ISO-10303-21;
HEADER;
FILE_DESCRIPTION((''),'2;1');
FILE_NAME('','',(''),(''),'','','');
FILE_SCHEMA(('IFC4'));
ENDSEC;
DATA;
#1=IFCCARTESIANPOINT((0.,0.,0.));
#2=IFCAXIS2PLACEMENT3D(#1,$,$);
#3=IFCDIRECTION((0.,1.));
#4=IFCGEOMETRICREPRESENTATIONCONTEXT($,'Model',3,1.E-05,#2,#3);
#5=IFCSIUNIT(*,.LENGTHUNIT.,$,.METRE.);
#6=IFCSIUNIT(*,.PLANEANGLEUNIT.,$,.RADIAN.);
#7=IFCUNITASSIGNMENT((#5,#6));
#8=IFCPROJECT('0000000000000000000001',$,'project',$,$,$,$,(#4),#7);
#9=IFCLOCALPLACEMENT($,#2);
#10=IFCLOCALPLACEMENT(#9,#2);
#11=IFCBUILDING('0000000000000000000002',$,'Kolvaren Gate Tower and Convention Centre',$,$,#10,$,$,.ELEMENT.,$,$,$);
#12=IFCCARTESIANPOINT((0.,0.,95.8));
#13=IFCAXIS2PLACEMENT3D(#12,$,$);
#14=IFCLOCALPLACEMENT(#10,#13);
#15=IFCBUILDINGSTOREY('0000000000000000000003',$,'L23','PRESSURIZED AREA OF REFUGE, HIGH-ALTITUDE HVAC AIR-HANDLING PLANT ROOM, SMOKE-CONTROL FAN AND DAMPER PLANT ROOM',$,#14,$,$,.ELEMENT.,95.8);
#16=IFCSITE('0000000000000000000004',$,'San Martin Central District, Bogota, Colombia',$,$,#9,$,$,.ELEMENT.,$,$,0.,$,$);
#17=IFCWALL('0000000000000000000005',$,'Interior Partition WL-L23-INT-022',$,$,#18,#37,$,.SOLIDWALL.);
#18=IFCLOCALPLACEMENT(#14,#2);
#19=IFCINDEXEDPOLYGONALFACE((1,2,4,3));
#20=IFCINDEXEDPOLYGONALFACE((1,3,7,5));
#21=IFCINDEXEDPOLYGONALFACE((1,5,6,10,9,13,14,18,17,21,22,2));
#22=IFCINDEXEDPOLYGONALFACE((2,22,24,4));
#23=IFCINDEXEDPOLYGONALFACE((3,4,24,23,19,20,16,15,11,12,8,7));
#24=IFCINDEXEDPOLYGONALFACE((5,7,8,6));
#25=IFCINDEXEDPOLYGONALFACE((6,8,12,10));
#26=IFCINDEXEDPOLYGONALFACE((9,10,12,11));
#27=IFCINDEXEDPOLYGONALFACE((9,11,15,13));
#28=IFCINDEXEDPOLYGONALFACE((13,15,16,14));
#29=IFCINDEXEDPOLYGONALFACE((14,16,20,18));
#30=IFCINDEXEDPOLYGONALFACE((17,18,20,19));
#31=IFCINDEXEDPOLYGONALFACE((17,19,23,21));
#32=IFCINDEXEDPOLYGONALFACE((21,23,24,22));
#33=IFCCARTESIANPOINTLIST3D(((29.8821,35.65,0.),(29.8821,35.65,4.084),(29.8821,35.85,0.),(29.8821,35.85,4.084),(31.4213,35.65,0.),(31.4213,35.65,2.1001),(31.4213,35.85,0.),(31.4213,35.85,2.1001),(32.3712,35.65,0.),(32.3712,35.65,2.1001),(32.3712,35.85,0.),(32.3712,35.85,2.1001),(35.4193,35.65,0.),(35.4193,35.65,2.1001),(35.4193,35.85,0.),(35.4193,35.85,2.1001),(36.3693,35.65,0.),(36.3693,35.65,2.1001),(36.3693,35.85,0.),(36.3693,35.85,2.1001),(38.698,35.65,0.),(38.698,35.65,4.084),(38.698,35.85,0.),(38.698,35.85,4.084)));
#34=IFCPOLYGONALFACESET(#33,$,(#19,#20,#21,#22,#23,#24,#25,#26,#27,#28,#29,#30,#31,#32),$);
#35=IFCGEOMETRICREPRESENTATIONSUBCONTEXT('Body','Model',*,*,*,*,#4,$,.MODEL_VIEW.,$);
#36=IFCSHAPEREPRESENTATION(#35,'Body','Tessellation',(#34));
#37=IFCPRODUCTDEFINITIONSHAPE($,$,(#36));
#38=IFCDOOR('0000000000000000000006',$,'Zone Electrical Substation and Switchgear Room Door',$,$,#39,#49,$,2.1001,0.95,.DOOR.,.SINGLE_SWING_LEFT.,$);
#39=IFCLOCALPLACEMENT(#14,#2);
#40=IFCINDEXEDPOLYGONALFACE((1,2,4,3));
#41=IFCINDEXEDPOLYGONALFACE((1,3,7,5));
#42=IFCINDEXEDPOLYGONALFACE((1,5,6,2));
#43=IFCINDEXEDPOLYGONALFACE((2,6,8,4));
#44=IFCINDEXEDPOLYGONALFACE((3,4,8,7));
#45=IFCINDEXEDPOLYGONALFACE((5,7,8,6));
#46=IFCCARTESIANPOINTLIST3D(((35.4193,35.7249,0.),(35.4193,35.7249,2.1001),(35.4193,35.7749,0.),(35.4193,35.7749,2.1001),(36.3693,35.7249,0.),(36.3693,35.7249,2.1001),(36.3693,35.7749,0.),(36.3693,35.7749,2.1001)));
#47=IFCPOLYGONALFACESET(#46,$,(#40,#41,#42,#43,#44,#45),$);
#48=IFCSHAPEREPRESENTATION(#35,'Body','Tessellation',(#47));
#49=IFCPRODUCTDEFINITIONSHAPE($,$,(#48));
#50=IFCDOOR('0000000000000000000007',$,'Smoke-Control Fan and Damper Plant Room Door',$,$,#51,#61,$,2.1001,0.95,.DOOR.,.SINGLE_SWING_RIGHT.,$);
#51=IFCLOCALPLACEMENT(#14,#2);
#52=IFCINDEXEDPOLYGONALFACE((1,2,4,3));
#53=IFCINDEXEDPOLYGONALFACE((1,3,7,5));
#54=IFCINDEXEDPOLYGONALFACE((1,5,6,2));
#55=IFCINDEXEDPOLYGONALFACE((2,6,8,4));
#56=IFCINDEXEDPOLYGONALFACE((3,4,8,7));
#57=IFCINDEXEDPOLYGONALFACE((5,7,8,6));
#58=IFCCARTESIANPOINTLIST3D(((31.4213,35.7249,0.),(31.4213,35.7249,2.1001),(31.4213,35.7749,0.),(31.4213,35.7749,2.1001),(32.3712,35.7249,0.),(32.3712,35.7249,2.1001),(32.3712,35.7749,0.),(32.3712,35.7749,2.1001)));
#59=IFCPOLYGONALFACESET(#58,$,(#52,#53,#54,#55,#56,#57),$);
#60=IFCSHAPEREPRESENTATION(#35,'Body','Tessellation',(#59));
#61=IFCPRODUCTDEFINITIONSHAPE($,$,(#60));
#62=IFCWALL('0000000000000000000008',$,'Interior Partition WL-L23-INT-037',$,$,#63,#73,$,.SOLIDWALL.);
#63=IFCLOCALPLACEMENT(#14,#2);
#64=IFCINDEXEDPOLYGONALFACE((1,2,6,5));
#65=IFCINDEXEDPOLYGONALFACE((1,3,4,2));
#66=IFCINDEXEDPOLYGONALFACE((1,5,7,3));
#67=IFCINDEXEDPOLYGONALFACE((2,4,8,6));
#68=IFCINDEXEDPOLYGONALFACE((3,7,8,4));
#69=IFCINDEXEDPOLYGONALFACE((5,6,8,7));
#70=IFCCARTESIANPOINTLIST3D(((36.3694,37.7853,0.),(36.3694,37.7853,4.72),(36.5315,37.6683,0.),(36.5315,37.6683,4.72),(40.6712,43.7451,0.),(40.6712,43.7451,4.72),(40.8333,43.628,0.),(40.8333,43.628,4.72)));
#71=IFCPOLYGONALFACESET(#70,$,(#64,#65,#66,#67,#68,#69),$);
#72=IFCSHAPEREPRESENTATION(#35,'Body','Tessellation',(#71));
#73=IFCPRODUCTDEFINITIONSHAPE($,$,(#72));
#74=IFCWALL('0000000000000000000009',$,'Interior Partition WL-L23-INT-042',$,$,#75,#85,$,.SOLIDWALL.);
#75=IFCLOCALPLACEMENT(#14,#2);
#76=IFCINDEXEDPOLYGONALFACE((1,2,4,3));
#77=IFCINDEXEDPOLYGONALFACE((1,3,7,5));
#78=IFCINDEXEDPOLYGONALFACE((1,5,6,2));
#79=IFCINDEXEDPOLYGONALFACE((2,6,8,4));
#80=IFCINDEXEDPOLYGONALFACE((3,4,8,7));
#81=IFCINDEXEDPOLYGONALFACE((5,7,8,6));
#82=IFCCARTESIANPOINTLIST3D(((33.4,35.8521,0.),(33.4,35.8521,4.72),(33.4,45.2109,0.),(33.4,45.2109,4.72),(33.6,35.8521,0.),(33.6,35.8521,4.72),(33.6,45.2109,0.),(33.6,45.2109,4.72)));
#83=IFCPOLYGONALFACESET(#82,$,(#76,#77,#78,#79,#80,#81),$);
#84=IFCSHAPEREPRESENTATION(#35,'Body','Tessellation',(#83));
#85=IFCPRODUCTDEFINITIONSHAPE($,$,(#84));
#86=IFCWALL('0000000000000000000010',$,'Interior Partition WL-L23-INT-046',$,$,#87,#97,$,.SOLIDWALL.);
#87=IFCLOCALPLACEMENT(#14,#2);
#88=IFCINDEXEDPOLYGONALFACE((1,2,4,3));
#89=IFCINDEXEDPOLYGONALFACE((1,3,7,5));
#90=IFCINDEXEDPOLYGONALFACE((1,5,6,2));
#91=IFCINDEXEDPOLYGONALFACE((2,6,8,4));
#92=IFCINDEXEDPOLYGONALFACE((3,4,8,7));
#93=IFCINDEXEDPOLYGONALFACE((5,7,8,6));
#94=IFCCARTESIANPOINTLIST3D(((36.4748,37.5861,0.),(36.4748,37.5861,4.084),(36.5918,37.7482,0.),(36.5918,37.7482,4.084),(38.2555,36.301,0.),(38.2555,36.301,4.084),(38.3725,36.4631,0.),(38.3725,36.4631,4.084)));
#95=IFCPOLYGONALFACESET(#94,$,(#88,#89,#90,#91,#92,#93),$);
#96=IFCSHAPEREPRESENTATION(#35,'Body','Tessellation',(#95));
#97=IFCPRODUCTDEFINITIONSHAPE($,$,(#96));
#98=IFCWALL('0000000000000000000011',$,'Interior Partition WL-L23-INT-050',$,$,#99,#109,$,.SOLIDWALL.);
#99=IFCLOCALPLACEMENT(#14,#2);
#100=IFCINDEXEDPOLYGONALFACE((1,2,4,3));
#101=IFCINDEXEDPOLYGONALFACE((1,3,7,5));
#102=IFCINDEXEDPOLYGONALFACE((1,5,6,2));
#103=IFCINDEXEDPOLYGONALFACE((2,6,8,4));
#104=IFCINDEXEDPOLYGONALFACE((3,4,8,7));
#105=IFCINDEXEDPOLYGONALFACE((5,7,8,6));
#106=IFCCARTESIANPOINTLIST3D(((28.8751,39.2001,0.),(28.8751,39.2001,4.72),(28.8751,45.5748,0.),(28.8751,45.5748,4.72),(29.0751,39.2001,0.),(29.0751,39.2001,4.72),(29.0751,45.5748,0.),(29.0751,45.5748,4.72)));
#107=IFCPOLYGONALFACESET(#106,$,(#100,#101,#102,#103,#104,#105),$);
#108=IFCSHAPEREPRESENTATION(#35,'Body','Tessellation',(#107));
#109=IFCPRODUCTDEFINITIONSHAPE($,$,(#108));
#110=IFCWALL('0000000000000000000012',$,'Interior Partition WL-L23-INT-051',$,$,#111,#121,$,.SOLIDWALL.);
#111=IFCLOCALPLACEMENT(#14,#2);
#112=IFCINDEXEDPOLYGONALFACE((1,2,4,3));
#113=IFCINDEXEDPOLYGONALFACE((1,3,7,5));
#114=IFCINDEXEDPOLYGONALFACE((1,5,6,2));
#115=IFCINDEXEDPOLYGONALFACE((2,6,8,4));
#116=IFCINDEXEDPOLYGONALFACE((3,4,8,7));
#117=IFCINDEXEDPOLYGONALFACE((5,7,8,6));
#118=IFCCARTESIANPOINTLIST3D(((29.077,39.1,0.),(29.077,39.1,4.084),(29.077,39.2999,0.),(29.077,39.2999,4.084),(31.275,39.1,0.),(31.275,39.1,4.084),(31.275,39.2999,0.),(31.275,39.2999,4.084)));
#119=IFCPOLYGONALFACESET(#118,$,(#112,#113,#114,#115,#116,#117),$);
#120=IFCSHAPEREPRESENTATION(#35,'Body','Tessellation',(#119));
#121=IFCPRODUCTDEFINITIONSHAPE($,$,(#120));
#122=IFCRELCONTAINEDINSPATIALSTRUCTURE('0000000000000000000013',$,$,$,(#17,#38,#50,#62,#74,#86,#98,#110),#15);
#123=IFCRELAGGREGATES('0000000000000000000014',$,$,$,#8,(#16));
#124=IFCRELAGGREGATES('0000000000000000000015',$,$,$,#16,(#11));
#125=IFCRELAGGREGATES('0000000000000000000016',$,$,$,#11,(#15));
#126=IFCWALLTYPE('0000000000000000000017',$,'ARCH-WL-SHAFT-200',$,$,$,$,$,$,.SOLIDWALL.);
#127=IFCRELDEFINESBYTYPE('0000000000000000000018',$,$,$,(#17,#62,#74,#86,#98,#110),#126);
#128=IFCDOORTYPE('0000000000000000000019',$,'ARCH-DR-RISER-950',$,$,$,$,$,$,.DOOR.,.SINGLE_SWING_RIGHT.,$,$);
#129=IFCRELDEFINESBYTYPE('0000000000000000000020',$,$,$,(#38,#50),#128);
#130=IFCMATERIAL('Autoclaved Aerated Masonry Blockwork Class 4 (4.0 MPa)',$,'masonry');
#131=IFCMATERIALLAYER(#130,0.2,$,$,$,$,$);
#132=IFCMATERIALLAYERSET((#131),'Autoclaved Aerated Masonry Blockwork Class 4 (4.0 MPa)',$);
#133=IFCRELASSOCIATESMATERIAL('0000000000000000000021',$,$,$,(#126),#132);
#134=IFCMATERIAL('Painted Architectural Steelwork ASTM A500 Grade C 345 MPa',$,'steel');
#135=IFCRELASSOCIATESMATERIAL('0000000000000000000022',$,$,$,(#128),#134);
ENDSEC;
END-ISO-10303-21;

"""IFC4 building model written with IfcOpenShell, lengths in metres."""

from ifc_helpers import new_model, si_unit, direction, frame, frame_2d, origin, place, context, subcontext, project, spatial, rectangle, extrude, material, layer, layer_set, type_object, element, fill, save


model = new_model("IFC4")

# Units and contexts
model_context = context("Model", 3, precision=1e-05, world=origin(), true_north=direction((0.0, 1.0)))
body_context = subcontext(model_context, "Body", "Model", "MODEL_VIEW")
ifc_project = project(units=[si_unit("LENGTHUNIT", "METRE"), si_unit("PLANEANGLEUNIT", "RADIAN")], contexts=[model_context])

# Site, building, storey
site_placement = place(None, origin())
site = spatial("IfcSite", under=ifc_project, at=site_placement, Name="San Martin Central District, Bogota, Colombia", CompositionType="ELEMENT", RefElevation=0.0)
building_placement = place(site_placement, origin())
building = spatial("IfcBuilding", under=site, at=building_placement, Name="Kolvaren Gate Tower and Convention Centre", CompositionType="ELEMENT")
storey_placement = place(building_placement, frame((0.0, 0.0, 95.8)))
storey = spatial("IfcBuildingStorey", under=building, at=storey_placement, Name="L23", Description="PRESSURIZED AREA OF REFUGE, HIGH-ALTITUDE HVAC AIR-HANDLING PLANT ROOM, SMOKE-CONTROL FAN AND DAMPER PLANT ROOM", CompositionType="ELEMENT", Elevation=95.8)

# Shared definitions
ifc_material_1 = material(Name="Autoclaved Aerated Masonry Blockwork Class 4 (4.0 MPa)", Category="masonry")
ifc_layer = layer(ifc_material_1, 0.2)
ifc_layer_set = layer_set([ifc_layer], Name="Autoclaved Aerated Masonry Blockwork Class 4 (4.0 MPa)")
wall_type = type_object("IfcWallType", Name="ARCH-WL-SHAFT-200", PredefinedType="SOLIDWALL", material=ifc_layer_set)

# Wall, openings, doors
wall_1_placement = place(storey_placement, frame((29.8821, 35.75, 0.0), z_axis=(0.0, 0.0, 1.0), x_axis=(1.0, 0.0, 0.0)))
wall_1 = element("IfcWall", 1, at=wall_1_placement, inside=storey, type_object=wall_type, Name="Interior Partition WL-L23-INT-022", PredefinedType="SOLIDWALL", context=body_context, shape_type="SweptSolid", body=[
    extrude(rectangle(XDim=8.8159, YDim=0.2, at=frame_2d((4.408, 0.0))), origin(), (0.0, 0.0, 1.0), 4.084),
])
opening_1_placement = place(wall_1_placement, frame((5.5371, 0.0, 0.0)))
opening_1 = element("IfcOpeningElement", 2, at=opening_1_placement, cuts=wall_1, PredefinedType="OPENING", context=body_context, shape_type="SweptSolid", body=[
    extrude(rectangle(XDim=0.95, YDim=2.1001, at=frame_2d((0.4751, 1.05))), frame((0.0, 0.1099, 0.0), z_axis=(0.0, -1.0, 0.0), x_axis=(1.0, 0.0, 0.0)), (0.0, 0.0, 1.0), 0.22),
])
opening_2_placement = place(wall_1_placement, frame((1.5391, 0.0, 0.0)))
opening_2 = element("IfcOpeningElement", 3, at=opening_2_placement, cuts=wall_1, PredefinedType="OPENING", context=body_context, shape_type="SweptSolid", body=[
    extrude(rectangle(XDim=0.95, YDim=2.1001, at=frame_2d((0.4751, 1.05))), frame((0.0, 0.1099, 0.0), z_axis=(0.0, -1.0, 0.0), x_axis=(1.0, 0.0, 0.0)), (0.0, 0.0, 1.0), 0.22),
])
ifc_material_2 = material(Name="Painted Architectural Steelwork ASTM A500 Grade C 345 MPa", Category="steel")
door_type_1 = type_object("IfcDoorType", Name="ARCH-DR-RISER-950", OperationType="SINGLE_SWING_RIGHT", PredefinedType="DOOR", material=ifc_material_2)
door_1_placement = place(opening_1_placement, origin())
door_1 = element("IfcDoor", 4, at=door_1_placement, inside=storey, type_object=door_type_1, Name="Zone Electrical Substation and Switchgear Room Door", OperationType="SINGLE_SWING_LEFT", OverallHeight=2.1001, OverallWidth=0.95, PredefinedType="DOOR", context=body_context, shape_type="SweptSolid", body=[
    extrude(rectangle(XDim=0.95, YDim=2.1001, at=frame_2d((0.4751, 1.05))), frame((0.0, 0.0249, 0.0), z_axis=(0.0, -1.0, 0.0), x_axis=(1.0, 0.0, 0.0)), (0.0, 0.0, 1.0), 0.05),
])
fill(opening_1, door_1)
door_2_placement = place(opening_2_placement, origin())
door_2 = element("IfcDoor", 5, at=door_2_placement, inside=storey, type_object=door_type_1, Name="Smoke-Control Fan and Damper Plant Room Door", OperationType="SINGLE_SWING_RIGHT", OverallHeight=2.1001, OverallWidth=0.95, PredefinedType="DOOR", context=body_context, shape_type="SweptSolid", body=[
    extrude(rectangle(XDim=0.95, YDim=2.1001, at=frame_2d((0.4751, 1.05))), frame((0.0, 0.0249, 0.0), z_axis=(0.0, -1.0, 0.0), x_axis=(1.0, 0.0, 0.0)), (0.0, 0.0, 1.0), 0.05),
])
fill(opening_2, door_2)

# Walls
wall_2_placement = place(storey_placement, frame((36.4504, 37.7268, 0.0), z_axis=(0.0, 0.0, 1.0), x_axis=(0.585269, 0.810839, 0.0)))
element("IfcWall", 6, at=wall_2_placement, inside=storey, type_object=wall_type, Name="Interior Partition WL-L23-INT-037", PredefinedType="SOLIDWALL", context=body_context, shape_type="SweptSolid", body=[
    extrude(rectangle(XDim=7.3501, YDim=0.2, at=frame_2d((3.675, 0.0))), origin(), (0.0, 0.0, 1.0), 4.72),
])
wall_3_placement = place(storey_placement, frame((33.5, 35.8521, 0.0), z_axis=(0.0, 0.0, 1.0), x_axis=(0.0, 1.0, 0.0)))
element("IfcWall", 7, at=wall_3_placement, inside=storey, type_object=wall_type, Name="Interior Partition WL-L23-INT-042", PredefinedType="SOLIDWALL", context=body_context, shape_type="SweptSolid", body=[
    extrude(rectangle(XDim=9.3589, YDim=0.2, at=frame_2d((4.6794, 0.0))), origin(), (0.0, 0.0, 1.0), 4.72),
])
wall_4_placement = place(storey_placement, frame((36.5332, 37.6672, 0.0), z_axis=(0.0, 0.0, 1.0), x_axis=(0.810884, -0.585206, 0.0)))
element("IfcWall", 8, at=wall_4_placement, inside=storey, type_object=wall_type, Name="Interior Partition WL-L23-INT-046", PredefinedType="SOLIDWALL", context=body_context, shape_type="SweptSolid", body=[
    extrude(rectangle(XDim=2.196, YDim=0.2, at=frame_2d((1.0981, 0.0))), origin(), (0.0, 0.0, 1.0), 4.084),
])
wall_5_placement = place(storey_placement, frame((28.9751, 39.2, 0.0), z_axis=(0.0, 0.0, 1.0), x_axis=(0.0, 1.0, 0.0)))
element("IfcWall", 9, at=wall_5_placement, inside=storey, type_object=wall_type, Name="Interior Partition WL-L23-INT-050", PredefinedType="SOLIDWALL", context=body_context, shape_type="SweptSolid", body=[
    extrude(rectangle(XDim=6.3748, YDim=0.2, at=frame_2d((3.1875, 0.0))), origin(), (0.0, 0.0, 1.0), 4.72),
])
wall_6_placement = place(storey_placement, frame((29.0769, 39.2, 0.0), z_axis=(0.0, 0.0, 1.0), x_axis=(1.0, 0.0, 0.0)))
element("IfcWall", 10, at=wall_6_placement, inside=storey, type_object=wall_type, Name="Interior Partition WL-L23-INT-051", PredefinedType="SOLIDWALL", context=body_context, shape_type="SweptSolid", body=[
    extrude(rectangle(XDim=2.198, YDim=0.2, at=frame_2d((1.0991, 0.0))), origin(), (0.0, 0.0, 1.0), 4.084),
])

save(model, "model.ifc")
